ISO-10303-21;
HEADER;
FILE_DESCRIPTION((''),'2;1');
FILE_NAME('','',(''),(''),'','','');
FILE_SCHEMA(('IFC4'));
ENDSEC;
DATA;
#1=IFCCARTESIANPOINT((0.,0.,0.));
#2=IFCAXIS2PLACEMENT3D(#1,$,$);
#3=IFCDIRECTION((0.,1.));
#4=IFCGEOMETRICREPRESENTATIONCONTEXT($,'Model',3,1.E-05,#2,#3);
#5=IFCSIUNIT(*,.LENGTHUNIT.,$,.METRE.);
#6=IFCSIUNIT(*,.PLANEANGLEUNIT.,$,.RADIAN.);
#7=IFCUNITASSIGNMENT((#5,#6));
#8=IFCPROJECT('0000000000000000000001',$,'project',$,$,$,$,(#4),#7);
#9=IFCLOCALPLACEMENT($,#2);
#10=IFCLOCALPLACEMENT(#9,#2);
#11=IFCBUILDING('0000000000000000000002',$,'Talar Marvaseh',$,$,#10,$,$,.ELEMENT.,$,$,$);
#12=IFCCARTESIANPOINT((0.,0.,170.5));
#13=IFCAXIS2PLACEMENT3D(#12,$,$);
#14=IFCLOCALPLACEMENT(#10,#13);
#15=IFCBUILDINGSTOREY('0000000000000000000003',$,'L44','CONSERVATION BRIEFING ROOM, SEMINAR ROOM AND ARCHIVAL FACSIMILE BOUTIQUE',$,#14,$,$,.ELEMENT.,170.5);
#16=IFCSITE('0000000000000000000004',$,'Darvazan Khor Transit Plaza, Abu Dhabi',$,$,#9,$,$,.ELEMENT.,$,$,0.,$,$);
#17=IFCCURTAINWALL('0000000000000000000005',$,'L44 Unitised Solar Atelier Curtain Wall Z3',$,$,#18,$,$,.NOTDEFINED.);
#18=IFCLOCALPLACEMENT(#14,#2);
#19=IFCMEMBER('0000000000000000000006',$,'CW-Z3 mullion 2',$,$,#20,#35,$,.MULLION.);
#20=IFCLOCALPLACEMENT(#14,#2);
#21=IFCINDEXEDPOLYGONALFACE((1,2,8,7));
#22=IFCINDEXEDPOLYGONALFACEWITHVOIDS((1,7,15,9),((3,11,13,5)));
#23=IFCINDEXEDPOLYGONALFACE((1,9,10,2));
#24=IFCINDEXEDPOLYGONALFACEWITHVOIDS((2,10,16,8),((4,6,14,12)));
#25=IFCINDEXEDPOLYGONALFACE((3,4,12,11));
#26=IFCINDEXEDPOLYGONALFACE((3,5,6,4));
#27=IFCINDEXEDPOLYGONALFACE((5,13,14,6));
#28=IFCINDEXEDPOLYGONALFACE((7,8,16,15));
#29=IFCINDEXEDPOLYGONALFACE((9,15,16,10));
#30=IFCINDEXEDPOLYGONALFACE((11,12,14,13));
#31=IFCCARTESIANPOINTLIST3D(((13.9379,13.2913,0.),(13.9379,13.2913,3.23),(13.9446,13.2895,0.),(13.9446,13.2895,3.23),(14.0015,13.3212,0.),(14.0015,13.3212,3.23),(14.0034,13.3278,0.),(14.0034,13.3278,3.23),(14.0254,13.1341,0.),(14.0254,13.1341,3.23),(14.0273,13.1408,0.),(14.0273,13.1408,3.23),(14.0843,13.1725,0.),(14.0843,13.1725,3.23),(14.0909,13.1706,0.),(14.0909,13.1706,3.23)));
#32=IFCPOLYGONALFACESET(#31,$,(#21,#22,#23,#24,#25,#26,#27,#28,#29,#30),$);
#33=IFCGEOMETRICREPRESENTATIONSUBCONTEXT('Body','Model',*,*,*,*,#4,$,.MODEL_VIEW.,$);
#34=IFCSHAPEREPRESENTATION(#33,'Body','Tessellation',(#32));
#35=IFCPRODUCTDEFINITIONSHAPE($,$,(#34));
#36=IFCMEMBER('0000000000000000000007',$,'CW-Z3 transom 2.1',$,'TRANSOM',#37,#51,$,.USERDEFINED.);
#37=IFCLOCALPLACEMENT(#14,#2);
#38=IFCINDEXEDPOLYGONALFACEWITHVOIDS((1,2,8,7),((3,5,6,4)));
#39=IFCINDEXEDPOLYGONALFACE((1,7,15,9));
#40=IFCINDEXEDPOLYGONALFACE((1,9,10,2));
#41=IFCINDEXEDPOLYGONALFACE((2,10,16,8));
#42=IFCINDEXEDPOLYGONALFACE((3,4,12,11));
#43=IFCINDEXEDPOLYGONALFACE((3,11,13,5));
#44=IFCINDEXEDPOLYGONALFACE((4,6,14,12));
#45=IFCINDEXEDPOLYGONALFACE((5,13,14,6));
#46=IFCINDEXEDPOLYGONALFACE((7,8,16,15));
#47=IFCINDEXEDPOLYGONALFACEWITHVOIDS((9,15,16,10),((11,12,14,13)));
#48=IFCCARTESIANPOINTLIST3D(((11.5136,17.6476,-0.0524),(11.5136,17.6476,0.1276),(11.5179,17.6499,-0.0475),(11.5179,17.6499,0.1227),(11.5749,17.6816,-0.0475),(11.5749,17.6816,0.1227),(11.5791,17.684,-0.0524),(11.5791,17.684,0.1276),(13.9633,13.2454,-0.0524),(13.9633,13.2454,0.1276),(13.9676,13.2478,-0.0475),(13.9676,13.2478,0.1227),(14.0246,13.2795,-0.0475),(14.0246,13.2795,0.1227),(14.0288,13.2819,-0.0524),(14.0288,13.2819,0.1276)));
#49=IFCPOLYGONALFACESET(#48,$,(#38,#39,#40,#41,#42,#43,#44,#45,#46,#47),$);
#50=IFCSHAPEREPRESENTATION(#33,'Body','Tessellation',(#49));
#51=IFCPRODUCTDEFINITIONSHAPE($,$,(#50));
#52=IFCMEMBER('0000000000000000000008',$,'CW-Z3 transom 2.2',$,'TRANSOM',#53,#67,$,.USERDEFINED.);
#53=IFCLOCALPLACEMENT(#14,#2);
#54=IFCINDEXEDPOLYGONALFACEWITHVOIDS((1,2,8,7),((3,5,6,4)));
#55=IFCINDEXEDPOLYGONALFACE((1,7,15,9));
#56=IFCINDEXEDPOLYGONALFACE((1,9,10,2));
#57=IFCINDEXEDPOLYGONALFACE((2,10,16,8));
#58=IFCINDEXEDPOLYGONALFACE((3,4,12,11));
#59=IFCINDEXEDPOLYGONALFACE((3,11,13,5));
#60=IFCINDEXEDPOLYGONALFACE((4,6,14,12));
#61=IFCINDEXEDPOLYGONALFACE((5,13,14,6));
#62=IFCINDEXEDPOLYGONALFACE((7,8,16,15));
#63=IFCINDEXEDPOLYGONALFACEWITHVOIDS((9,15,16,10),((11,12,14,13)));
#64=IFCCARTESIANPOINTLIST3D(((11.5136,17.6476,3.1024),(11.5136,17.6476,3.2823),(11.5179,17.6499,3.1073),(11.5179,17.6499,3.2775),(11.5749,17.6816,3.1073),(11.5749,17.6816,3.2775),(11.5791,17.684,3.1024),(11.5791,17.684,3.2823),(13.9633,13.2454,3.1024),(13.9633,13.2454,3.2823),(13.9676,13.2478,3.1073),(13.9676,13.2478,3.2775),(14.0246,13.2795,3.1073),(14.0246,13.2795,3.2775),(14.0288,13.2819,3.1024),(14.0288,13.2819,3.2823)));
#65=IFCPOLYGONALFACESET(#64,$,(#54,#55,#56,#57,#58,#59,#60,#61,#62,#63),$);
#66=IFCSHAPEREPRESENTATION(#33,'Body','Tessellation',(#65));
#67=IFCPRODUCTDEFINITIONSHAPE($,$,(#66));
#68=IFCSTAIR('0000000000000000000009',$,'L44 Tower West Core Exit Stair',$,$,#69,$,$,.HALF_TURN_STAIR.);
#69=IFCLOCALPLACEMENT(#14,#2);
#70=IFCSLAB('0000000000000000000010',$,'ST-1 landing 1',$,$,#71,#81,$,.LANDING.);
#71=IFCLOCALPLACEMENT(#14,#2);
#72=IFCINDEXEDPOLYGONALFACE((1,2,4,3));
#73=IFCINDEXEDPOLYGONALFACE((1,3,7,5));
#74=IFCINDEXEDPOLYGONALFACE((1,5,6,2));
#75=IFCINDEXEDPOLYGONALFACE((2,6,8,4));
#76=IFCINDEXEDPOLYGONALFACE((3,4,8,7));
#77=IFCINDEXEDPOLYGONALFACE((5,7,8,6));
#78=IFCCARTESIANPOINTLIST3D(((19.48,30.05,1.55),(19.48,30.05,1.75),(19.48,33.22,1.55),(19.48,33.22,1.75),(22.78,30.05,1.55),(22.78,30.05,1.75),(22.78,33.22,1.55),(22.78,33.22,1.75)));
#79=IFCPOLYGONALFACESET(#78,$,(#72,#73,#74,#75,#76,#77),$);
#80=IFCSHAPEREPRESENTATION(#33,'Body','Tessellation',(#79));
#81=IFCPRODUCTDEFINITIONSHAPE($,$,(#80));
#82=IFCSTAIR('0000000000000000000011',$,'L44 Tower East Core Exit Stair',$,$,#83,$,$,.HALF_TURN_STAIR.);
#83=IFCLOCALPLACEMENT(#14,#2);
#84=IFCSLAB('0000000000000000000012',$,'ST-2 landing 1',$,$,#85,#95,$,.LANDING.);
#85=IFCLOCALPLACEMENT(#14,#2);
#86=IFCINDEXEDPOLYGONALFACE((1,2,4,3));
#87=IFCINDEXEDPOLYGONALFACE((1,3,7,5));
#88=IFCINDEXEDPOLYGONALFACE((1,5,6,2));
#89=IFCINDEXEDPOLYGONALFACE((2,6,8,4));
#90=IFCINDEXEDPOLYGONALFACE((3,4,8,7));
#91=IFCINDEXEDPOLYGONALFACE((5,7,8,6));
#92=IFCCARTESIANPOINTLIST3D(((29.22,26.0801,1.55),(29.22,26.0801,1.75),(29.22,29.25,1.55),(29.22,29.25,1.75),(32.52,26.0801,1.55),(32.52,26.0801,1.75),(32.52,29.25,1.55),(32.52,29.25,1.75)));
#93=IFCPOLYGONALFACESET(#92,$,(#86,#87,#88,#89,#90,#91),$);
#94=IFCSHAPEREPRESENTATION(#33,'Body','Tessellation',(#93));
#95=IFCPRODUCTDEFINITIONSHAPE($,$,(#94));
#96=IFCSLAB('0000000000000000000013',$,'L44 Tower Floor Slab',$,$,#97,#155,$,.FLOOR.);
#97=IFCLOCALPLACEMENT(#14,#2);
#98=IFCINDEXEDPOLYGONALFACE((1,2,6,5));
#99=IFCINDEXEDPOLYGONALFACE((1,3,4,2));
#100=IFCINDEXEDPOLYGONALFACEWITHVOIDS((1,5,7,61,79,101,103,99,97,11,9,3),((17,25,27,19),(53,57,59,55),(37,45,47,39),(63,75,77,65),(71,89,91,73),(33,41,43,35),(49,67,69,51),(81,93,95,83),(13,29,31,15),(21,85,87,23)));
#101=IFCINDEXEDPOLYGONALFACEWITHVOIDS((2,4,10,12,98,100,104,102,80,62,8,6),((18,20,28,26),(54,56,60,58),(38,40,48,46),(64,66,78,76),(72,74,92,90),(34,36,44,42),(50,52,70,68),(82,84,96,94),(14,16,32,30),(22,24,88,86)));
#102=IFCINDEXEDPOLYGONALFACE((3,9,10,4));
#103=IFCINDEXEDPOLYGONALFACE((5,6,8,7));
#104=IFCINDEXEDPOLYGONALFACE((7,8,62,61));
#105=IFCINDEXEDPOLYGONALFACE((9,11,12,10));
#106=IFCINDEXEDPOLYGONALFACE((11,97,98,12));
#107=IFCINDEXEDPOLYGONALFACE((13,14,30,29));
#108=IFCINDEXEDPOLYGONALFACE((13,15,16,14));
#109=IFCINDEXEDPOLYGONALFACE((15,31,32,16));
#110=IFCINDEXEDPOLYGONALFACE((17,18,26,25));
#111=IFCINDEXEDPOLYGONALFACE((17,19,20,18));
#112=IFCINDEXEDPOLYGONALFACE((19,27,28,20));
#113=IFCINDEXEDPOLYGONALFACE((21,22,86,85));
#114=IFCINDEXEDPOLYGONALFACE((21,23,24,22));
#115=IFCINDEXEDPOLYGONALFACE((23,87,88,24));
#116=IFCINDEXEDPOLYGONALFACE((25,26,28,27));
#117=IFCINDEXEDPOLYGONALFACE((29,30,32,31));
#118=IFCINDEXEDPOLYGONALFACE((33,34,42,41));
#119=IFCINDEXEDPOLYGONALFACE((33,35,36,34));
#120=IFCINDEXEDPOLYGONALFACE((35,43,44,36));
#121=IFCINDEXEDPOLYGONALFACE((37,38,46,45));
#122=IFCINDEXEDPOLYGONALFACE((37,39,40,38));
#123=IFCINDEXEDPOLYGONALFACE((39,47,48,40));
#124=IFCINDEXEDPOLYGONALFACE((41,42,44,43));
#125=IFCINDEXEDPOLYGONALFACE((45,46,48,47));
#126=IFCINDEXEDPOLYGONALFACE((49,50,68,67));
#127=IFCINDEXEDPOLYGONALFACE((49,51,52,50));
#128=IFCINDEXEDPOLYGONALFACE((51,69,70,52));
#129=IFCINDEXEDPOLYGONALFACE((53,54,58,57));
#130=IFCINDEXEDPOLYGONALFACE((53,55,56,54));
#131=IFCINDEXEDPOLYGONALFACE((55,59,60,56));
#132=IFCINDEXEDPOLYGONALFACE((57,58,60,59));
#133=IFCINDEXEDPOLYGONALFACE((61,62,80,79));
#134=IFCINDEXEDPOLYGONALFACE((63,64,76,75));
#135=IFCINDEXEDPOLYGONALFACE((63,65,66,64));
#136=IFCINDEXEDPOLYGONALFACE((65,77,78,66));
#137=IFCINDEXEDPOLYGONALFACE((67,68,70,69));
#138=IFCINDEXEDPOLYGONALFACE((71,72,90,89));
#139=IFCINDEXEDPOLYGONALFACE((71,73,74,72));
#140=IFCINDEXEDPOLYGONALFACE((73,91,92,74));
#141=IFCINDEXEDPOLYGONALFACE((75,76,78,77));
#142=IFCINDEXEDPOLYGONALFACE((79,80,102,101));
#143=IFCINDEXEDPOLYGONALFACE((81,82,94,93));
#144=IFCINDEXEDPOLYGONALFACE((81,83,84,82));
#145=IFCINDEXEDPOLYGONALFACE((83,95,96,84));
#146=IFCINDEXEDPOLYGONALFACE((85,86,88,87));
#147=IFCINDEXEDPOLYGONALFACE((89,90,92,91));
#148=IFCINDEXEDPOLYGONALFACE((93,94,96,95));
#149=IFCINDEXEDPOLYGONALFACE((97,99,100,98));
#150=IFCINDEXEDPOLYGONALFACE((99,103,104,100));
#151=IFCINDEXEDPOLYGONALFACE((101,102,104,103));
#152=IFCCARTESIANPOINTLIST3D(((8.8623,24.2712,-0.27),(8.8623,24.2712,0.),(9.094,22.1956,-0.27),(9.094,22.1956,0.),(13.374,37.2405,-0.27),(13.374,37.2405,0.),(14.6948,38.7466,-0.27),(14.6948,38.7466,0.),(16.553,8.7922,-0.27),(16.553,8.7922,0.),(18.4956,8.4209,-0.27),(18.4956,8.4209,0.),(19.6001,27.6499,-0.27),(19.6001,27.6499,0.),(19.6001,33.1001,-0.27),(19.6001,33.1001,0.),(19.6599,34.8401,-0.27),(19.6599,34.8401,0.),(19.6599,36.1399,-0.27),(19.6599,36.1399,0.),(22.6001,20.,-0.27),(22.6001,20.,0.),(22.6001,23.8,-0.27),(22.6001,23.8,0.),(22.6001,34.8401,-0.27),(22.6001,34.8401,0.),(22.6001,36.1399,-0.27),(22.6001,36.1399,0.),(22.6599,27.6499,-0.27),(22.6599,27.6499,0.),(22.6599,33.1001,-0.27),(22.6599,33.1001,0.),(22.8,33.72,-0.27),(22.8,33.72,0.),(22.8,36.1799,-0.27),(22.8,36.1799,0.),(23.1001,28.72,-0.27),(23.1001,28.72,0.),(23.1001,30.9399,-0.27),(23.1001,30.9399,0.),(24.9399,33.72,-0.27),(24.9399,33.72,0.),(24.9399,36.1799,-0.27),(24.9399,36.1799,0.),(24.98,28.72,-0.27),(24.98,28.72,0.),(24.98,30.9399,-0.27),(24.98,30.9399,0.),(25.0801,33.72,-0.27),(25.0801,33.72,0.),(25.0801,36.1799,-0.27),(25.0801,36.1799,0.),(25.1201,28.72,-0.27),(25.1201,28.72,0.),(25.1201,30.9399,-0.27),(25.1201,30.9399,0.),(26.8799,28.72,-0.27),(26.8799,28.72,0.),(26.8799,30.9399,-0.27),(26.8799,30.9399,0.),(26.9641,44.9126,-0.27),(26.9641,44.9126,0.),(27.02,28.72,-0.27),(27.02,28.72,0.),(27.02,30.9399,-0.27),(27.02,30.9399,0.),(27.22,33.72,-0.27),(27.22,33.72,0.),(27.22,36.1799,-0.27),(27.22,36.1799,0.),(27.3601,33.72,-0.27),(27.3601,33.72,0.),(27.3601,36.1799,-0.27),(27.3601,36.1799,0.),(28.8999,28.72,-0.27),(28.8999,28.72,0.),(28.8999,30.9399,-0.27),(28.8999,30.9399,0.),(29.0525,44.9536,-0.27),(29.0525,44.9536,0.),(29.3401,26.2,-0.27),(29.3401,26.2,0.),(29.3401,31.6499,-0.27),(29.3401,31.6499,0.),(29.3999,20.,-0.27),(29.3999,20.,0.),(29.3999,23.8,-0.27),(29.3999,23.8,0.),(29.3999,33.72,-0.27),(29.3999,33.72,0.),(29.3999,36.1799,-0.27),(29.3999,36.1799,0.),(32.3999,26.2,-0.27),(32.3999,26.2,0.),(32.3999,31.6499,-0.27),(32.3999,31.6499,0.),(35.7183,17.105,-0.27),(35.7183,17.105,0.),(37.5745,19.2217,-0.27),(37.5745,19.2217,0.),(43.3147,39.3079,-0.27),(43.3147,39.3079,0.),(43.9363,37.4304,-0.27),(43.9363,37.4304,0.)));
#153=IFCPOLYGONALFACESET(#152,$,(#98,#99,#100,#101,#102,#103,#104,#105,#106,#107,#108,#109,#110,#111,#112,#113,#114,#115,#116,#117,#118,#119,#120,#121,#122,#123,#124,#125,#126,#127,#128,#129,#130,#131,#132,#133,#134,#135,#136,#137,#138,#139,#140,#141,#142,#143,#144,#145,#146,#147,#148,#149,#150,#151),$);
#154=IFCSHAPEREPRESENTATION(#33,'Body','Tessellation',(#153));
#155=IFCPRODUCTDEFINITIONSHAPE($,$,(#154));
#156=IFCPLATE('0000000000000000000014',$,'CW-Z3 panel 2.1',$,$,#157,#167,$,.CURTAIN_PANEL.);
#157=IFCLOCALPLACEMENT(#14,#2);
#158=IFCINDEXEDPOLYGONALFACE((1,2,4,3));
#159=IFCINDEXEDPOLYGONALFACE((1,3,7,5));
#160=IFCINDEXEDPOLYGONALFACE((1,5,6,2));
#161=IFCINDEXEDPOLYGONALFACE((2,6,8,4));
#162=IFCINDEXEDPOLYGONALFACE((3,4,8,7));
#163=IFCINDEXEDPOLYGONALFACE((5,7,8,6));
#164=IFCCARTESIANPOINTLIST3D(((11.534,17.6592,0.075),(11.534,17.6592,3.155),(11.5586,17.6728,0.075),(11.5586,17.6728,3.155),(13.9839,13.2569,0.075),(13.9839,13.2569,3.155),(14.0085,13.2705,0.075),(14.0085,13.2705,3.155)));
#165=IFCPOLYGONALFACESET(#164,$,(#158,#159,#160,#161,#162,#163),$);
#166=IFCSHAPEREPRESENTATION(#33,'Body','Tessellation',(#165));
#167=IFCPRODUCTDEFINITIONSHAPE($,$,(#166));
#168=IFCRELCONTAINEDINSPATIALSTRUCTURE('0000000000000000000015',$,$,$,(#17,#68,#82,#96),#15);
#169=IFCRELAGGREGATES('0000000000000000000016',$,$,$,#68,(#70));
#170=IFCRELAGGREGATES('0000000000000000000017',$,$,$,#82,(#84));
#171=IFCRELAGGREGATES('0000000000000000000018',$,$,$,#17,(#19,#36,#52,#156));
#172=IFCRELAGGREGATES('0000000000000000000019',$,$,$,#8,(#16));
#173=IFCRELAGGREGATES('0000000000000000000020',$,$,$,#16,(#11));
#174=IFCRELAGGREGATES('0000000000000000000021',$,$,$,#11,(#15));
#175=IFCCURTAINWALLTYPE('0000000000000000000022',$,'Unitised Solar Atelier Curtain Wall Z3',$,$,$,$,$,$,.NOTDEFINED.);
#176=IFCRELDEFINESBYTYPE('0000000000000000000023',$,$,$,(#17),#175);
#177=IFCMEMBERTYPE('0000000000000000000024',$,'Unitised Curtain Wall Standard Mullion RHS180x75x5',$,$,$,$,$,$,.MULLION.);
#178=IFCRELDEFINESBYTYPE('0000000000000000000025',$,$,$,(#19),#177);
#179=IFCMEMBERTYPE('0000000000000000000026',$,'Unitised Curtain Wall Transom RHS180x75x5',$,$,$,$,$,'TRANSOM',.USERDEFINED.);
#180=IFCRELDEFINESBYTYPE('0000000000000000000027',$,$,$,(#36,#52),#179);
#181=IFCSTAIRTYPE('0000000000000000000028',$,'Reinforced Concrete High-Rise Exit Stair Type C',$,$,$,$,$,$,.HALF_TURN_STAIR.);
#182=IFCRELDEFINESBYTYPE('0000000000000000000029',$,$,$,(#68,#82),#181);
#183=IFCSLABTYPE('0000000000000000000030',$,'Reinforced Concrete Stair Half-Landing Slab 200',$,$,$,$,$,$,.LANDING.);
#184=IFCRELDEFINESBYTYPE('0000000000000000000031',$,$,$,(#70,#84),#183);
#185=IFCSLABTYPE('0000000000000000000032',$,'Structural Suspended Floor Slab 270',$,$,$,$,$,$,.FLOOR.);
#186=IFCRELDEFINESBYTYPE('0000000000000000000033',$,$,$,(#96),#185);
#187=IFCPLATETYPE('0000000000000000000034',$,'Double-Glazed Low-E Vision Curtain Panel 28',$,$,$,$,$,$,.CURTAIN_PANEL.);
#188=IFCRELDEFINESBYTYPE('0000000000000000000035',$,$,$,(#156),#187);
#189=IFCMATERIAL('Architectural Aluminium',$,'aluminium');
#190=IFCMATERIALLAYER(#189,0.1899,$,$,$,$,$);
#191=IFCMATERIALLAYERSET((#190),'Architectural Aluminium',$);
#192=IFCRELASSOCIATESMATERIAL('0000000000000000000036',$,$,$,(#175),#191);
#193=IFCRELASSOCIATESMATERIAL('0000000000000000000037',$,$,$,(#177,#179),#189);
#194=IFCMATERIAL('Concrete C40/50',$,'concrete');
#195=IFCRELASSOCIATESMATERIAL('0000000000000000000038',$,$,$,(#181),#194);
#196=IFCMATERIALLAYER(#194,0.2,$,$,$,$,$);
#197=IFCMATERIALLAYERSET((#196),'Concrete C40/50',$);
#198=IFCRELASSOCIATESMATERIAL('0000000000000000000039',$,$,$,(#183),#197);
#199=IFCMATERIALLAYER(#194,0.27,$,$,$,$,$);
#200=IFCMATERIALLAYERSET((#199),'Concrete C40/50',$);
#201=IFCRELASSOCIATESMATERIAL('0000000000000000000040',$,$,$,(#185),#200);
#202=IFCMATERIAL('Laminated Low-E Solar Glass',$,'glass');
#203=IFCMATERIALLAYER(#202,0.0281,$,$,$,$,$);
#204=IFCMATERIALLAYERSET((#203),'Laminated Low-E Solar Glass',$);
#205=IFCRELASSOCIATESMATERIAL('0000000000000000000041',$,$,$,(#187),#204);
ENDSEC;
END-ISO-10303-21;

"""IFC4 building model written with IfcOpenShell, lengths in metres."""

from ifc_helpers import new_model, si_unit, direction, frame, origin, origin_2d, place, context, subcontext, project, spatial, polyline, rectangle, hollow_rectangle, outline, extrude, source, transform, mapped, material, layer, layer_set, material_profile, profile_set, type_object, type_shapes, element, aggregate, save


model = new_model("IFC4")

# Units and contexts
model_context = context("Model", 3, precision=1e-05, world=origin(), true_north=direction((0.0, 1.0)))
body_context = subcontext(model_context, "Body", "Model", "MODEL_VIEW")
ifc_project = project(units=[si_unit("LENGTHUNIT", "METRE"), si_unit("PLANEANGLEUNIT", "RADIAN")], contexts=[model_context])

# Site, building, storey
site_placement = place(None, origin())
site = spatial("IfcSite", under=ifc_project, at=site_placement, Name="Darvazan Khor Transit Plaza, Abu Dhabi", CompositionType="ELEMENT", RefElevation=0.0)
building_placement = place(site_placement, origin())
building = spatial("IfcBuilding", under=site, at=building_placement, Name="Talar Marvaseh", CompositionType="ELEMENT")
storey_placement = place(building_placement, frame((0.0, 0.0, 170.5)))
storey = spatial("IfcBuildingStorey", under=building, at=storey_placement, Name="L44", Description="CONSERVATION BRIEFING ROOM, SEMINAR ROOM AND ARCHIVAL FACSIMILE BOUTIQUE", CompositionType="ELEMENT", Elevation=170.5)

# Curtain wall, members
ifc_material_1 = material(Name="Architectural Aluminium", Category="aluminium")
ifc_layer_1 = layer(ifc_material_1, 0.1899)
ifc_layer_set_1 = layer_set([ifc_layer_1], Name="Architectural Aluminium")
curtain_wall_type = type_object("IfcCurtainWallType", Name="Unitised Solar Atelier Curtain Wall Z3", PredefinedType="NOTDEFINED", material=ifc_layer_set_1)
curtain_wall_placement = place(storey_placement, origin())
curtain_wall = element("IfcCurtainWall", 1, at=curtain_wall_placement, inside=storey, type_object=curtain_wall_type, Name="L44 Unitised Solar Atelier Curtain Wall Z3", PredefinedType="NOTDEFINED")
ifc_material_profile_1 = material_profile(ifc_material_1, hollow_rectangle(XDim=0.075, YDim=0.1799, WallThickness=0.0049, at=origin_2d()), Name="RHS180x75x5")
ifc_profile_set_1 = profile_set([ifc_material_profile_1], Name="Architectural Aluminium")
member_type_1 = type_object("IfcMemberType", Name="Unitised Curtain Wall Standard Mullion RHS180x75x5", PredefinedType="MULLION", material=ifc_profile_set_1)
shared_shape_1 = source(origin(), body_context, "Body", "SweptSolid", [
    extrude(hollow_rectangle(XDim=0.075, YDim=0.1799, WallThickness=0.0049, at=origin_2d()), origin(), (0.0, 0.0, 1.0), 3.23),
])
type_shapes(member_type_1, [shared_shape_1])
member_1_placement = place(storey_placement, frame((14.0144, 13.231, 0.0), z_axis=(0.0, 0.0, 1.0), x_axis=(-0.873805, -0.486277, 0.0)))
member_1 = element("IfcMember", 2, at=member_1_placement, type_object=member_type_1, Name="CW-Z3 mullion 2", PredefinedType="MULLION", context=body_context, shape_type="MappedRepresentation", body=[
    mapped(shared_shape_1, transform((0.0, 0.0, 0.0), x_axis=(1.0, 0.0, 0.0), y_axis=(0.0, 1.0, 0.0), z_axis=(0.0, 0.0, 1.0), scale=1.0)),
])
ifc_material_profile_2 = material_profile(ifc_material_1, hollow_rectangle(XDim=0.075, YDim=0.1799, WallThickness=0.0049, at=origin_2d()), Name="RHS180x75x5")
ifc_profile_set_2 = profile_set([ifc_material_profile_2], Name="Architectural Aluminium")
member_type_2 = type_object("IfcMemberType", Name="Unitised Curtain Wall Transom RHS180x75x5", ElementType="TRANSOM", PredefinedType="USERDEFINED", material=ifc_profile_set_2)
shared_shape_2 = source(origin(), body_context, "Body", "SweptSolid", [
    extrude(hollow_rectangle(XDim=0.075, YDim=0.1799, WallThickness=0.0049, at=origin_2d()), origin(), (0.0, 0.0, 1.0), 5.0378),
])
type_shapes(member_type_2, [shared_shape_2])
member_2_placement = place(storey_placement, frame((13.9961, 13.2637, 0.0376), z_axis=(-0.486264, 0.873812, 0.0), x_axis=(-0.873812, -0.486264, 0.0)))
member_2 = element("IfcMember", 3, at=member_2_placement, type_object=member_type_2, Name="CW-Z3 transom 2.1", ObjectType="TRANSOM", PredefinedType="USERDEFINED", context=body_context, shape_type="MappedRepresentation", body=[
    mapped(shared_shape_2, transform((0.0, 0.0, 0.0), x_axis=(1.0, 0.0, 0.0), y_axis=(0.0, 1.0, 0.0), z_axis=(0.0, 0.0, 1.0), scale=1.0)),
])
member_3_placement = place(storey_placement, frame((13.9961, 13.2637, 3.1924), z_axis=(-0.486264, 0.873812, 0.0), x_axis=(-0.873812, -0.486264, 0.0)))
member_3 = element("IfcMember", 4, at=member_3_placement, type_object=member_type_2, Name="CW-Z3 transom 2.2", ObjectType="TRANSOM", PredefinedType="USERDEFINED", context=body_context, shape_type="MappedRepresentation", body=[
    mapped(shared_shape_2, transform((0.0, 0.0, 0.0), x_axis=(1.0, 0.0, 0.0), y_axis=(0.0, 1.0, 0.0), z_axis=(0.0, 0.0, 1.0), scale=1.0)),
])

# Stairs, slabs
ifc_material_2 = material(Name="Concrete C40/50", Category="concrete")
stair_type = type_object("IfcStairType", Name="Reinforced Concrete High-Rise Exit Stair Type C", PredefinedType="HALF_TURN_STAIR", material=ifc_material_2)
stair_1_placement = place(storey_placement, origin())
stair_1 = element("IfcStair", 5, at=stair_1_placement, inside=storey, type_object=stair_type, Name="L44 Tower West Core Exit Stair", PredefinedType="HALF_TURN_STAIR")
ifc_layer_2 = layer(ifc_material_2, 0.2)
ifc_layer_set_2 = layer_set([ifc_layer_2], Name="Concrete C40/50")
slab_type_1 = type_object("IfcSlabType", Name="Reinforced Concrete Stair Half-Landing Slab 200", PredefinedType="LANDING", material=ifc_layer_set_2)
slab_1_placement = place(storey_placement, frame((0.0, 0.0, 1.55)))
slab_1 = element("IfcSlab", 6, at=slab_1_placement, type_object=slab_type_1, Name="ST-1 landing 1", PredefinedType="LANDING", context=body_context, shape_type="SweptSolid", body=[
    extrude(outline(polyline([(22.78, 30.05), (22.78, 33.22), (19.48, 33.22), (19.48, 30.05), (22.78, 30.05)])), origin(), (0.0, 0.0, 1.0), 0.2),
])
aggregate(stair_1, [slab_1])
stair_2_placement = place(storey_placement, origin())
stair_2 = element("IfcStair", 7, at=stair_2_placement, inside=storey, type_object=stair_type, Name="L44 Tower East Core Exit Stair", PredefinedType="HALF_TURN_STAIR")
slab_2_placement = place(storey_placement, frame((0.0, 0.0, 1.55)))
slab_2 = element("IfcSlab", 8, at=slab_2_placement, type_object=slab_type_1, Name="ST-2 landing 1", PredefinedType="LANDING", context=body_context, shape_type="SweptSolid", body=[
    extrude(outline(polyline([(29.22, 29.25), (29.22, 26.0801), (32.52, 26.0801), (32.52, 29.25), (29.22, 29.25)])), origin(), (0.0, 0.0, 1.0), 0.2),
])
aggregate(stair_2, [slab_2])

# Slab
ifc_layer_3 = layer(ifc_material_2, 0.27)
ifc_layer_set_3 = layer_set([ifc_layer_3], Name="Concrete C40/50")
slab_type_2 = type_object("IfcSlabType", Name="Structural Suspended Floor Slab 270", PredefinedType="FLOOR", material=ifc_layer_set_3)
slab_3_placement = place(storey_placement, frame((0.0, 0.0, -0.27)))
element("IfcSlab", 9, at=slab_3_placement, inside=storey, type_object=slab_type_2, Name="L44 Tower Floor Slab", PredefinedType="FLOOR", context=body_context, shape_type="SweptSolid", body=[
    extrude(outline(polyline([(18.4956, 8.4209), (16.553, 8.7922), (9.094, 22.1956), (8.8623, 24.2712), (13.374, 37.2405), (14.6948, 38.7466), (26.9641, 44.9126), (29.0525, 44.9536), (43.3147, 39.3079), (43.9363, 37.4304), (37.5745, 19.2217), (35.7183, 17.105), (18.4956, 8.4209)]), holes=[polyline([(22.6599, 27.6499), (22.6599, 33.1001), (19.6001, 33.1001), (19.6001, 27.6499), (22.6599, 27.6499)]), polyline([(29.3401, 31.6499), (29.3401, 26.2), (32.3999, 26.2), (32.3999, 31.6499), (29.3401, 31.6499)]), polyline([(22.8, 33.72), (24.9399, 33.72), (24.9399, 36.1799), (22.8, 36.1799), (22.8, 33.72)]), polyline([(25.0801, 33.72), (27.22, 33.72), (27.22, 36.1799), (25.0801, 36.1799), (25.0801, 33.72)]), polyline([(27.3601, 33.72), (29.3999, 33.72), (29.3999, 36.1799), (27.3601, 36.1799), (27.3601, 33.72)]), polyline([(23.1001, 28.72), (24.98, 28.72), (24.98, 30.9399), (23.1001, 30.9399), (23.1001, 28.72)]), polyline([(25.1201, 28.72), (26.8799, 28.72), (26.8799, 30.9399), (25.1201, 30.9399), (25.1201, 28.72)]), polyline([(27.02, 28.72), (28.8999, 28.72), (28.8999, 30.9399), (27.02, 30.9399), (27.02, 28.72)]), polyline([(19.6599, 34.8401), (22.6001, 34.8401), (22.6001, 36.1399), (19.6599, 36.1399), (19.6599, 34.8401)]), polyline([(22.6001, 20.0), (29.3999, 20.0), (29.3999, 23.8), (22.6001, 23.8), (22.6001, 20.0)])]), origin(), (0.0, 0.0, 1.0), 0.27),
])

# Plate
ifc_material_3 = material(Name="Laminated Low-E Solar Glass", Category="glass")
ifc_layer_4 = layer(ifc_material_3, 0.0281)
ifc_layer_set_4 = layer_set([ifc_layer_4], Name="Laminated Low-E Solar Glass")
plate_type = type_object("IfcPlateType", Name="Double-Glazed Low-E Vision Curtain Panel 28", PredefinedType="CURTAIN_PANEL", material=ifc_layer_set_4)
shared_shape_3 = source(origin(), body_context, "Body", "SweptSolid", [
    extrude(rectangle(XDim=5.0381, YDim=0.0281, at=origin_2d()), origin(), (0.0, 0.0, 1.0), 3.0801),
])
type_shapes(plate_type, [shared_shape_3])
plate_placement = place(storey_placement, frame((12.7712, 15.4648, 0.075), z_axis=(0.0, 0.0, 1.0), x_axis=(-0.486277, 0.873805, 0.0)))
plate = element("IfcPlate", 10, at=plate_placement, type_object=plate_type, Name="CW-Z3 panel 2.1", PredefinedType="CURTAIN_PANEL", context=body_context, shape_type="MappedRepresentation", body=[
    mapped(shared_shape_3, transform((0.0, 0.0, 0.0), x_axis=(1.0, 0.0, 0.0), y_axis=(0.0, 1.0, 0.0), z_axis=(0.0, 0.0, 1.0), scale=1.0)),
])
aggregate(curtain_wall, [member_1, member_2, member_3, plate])

save(model, "model.ifc")
